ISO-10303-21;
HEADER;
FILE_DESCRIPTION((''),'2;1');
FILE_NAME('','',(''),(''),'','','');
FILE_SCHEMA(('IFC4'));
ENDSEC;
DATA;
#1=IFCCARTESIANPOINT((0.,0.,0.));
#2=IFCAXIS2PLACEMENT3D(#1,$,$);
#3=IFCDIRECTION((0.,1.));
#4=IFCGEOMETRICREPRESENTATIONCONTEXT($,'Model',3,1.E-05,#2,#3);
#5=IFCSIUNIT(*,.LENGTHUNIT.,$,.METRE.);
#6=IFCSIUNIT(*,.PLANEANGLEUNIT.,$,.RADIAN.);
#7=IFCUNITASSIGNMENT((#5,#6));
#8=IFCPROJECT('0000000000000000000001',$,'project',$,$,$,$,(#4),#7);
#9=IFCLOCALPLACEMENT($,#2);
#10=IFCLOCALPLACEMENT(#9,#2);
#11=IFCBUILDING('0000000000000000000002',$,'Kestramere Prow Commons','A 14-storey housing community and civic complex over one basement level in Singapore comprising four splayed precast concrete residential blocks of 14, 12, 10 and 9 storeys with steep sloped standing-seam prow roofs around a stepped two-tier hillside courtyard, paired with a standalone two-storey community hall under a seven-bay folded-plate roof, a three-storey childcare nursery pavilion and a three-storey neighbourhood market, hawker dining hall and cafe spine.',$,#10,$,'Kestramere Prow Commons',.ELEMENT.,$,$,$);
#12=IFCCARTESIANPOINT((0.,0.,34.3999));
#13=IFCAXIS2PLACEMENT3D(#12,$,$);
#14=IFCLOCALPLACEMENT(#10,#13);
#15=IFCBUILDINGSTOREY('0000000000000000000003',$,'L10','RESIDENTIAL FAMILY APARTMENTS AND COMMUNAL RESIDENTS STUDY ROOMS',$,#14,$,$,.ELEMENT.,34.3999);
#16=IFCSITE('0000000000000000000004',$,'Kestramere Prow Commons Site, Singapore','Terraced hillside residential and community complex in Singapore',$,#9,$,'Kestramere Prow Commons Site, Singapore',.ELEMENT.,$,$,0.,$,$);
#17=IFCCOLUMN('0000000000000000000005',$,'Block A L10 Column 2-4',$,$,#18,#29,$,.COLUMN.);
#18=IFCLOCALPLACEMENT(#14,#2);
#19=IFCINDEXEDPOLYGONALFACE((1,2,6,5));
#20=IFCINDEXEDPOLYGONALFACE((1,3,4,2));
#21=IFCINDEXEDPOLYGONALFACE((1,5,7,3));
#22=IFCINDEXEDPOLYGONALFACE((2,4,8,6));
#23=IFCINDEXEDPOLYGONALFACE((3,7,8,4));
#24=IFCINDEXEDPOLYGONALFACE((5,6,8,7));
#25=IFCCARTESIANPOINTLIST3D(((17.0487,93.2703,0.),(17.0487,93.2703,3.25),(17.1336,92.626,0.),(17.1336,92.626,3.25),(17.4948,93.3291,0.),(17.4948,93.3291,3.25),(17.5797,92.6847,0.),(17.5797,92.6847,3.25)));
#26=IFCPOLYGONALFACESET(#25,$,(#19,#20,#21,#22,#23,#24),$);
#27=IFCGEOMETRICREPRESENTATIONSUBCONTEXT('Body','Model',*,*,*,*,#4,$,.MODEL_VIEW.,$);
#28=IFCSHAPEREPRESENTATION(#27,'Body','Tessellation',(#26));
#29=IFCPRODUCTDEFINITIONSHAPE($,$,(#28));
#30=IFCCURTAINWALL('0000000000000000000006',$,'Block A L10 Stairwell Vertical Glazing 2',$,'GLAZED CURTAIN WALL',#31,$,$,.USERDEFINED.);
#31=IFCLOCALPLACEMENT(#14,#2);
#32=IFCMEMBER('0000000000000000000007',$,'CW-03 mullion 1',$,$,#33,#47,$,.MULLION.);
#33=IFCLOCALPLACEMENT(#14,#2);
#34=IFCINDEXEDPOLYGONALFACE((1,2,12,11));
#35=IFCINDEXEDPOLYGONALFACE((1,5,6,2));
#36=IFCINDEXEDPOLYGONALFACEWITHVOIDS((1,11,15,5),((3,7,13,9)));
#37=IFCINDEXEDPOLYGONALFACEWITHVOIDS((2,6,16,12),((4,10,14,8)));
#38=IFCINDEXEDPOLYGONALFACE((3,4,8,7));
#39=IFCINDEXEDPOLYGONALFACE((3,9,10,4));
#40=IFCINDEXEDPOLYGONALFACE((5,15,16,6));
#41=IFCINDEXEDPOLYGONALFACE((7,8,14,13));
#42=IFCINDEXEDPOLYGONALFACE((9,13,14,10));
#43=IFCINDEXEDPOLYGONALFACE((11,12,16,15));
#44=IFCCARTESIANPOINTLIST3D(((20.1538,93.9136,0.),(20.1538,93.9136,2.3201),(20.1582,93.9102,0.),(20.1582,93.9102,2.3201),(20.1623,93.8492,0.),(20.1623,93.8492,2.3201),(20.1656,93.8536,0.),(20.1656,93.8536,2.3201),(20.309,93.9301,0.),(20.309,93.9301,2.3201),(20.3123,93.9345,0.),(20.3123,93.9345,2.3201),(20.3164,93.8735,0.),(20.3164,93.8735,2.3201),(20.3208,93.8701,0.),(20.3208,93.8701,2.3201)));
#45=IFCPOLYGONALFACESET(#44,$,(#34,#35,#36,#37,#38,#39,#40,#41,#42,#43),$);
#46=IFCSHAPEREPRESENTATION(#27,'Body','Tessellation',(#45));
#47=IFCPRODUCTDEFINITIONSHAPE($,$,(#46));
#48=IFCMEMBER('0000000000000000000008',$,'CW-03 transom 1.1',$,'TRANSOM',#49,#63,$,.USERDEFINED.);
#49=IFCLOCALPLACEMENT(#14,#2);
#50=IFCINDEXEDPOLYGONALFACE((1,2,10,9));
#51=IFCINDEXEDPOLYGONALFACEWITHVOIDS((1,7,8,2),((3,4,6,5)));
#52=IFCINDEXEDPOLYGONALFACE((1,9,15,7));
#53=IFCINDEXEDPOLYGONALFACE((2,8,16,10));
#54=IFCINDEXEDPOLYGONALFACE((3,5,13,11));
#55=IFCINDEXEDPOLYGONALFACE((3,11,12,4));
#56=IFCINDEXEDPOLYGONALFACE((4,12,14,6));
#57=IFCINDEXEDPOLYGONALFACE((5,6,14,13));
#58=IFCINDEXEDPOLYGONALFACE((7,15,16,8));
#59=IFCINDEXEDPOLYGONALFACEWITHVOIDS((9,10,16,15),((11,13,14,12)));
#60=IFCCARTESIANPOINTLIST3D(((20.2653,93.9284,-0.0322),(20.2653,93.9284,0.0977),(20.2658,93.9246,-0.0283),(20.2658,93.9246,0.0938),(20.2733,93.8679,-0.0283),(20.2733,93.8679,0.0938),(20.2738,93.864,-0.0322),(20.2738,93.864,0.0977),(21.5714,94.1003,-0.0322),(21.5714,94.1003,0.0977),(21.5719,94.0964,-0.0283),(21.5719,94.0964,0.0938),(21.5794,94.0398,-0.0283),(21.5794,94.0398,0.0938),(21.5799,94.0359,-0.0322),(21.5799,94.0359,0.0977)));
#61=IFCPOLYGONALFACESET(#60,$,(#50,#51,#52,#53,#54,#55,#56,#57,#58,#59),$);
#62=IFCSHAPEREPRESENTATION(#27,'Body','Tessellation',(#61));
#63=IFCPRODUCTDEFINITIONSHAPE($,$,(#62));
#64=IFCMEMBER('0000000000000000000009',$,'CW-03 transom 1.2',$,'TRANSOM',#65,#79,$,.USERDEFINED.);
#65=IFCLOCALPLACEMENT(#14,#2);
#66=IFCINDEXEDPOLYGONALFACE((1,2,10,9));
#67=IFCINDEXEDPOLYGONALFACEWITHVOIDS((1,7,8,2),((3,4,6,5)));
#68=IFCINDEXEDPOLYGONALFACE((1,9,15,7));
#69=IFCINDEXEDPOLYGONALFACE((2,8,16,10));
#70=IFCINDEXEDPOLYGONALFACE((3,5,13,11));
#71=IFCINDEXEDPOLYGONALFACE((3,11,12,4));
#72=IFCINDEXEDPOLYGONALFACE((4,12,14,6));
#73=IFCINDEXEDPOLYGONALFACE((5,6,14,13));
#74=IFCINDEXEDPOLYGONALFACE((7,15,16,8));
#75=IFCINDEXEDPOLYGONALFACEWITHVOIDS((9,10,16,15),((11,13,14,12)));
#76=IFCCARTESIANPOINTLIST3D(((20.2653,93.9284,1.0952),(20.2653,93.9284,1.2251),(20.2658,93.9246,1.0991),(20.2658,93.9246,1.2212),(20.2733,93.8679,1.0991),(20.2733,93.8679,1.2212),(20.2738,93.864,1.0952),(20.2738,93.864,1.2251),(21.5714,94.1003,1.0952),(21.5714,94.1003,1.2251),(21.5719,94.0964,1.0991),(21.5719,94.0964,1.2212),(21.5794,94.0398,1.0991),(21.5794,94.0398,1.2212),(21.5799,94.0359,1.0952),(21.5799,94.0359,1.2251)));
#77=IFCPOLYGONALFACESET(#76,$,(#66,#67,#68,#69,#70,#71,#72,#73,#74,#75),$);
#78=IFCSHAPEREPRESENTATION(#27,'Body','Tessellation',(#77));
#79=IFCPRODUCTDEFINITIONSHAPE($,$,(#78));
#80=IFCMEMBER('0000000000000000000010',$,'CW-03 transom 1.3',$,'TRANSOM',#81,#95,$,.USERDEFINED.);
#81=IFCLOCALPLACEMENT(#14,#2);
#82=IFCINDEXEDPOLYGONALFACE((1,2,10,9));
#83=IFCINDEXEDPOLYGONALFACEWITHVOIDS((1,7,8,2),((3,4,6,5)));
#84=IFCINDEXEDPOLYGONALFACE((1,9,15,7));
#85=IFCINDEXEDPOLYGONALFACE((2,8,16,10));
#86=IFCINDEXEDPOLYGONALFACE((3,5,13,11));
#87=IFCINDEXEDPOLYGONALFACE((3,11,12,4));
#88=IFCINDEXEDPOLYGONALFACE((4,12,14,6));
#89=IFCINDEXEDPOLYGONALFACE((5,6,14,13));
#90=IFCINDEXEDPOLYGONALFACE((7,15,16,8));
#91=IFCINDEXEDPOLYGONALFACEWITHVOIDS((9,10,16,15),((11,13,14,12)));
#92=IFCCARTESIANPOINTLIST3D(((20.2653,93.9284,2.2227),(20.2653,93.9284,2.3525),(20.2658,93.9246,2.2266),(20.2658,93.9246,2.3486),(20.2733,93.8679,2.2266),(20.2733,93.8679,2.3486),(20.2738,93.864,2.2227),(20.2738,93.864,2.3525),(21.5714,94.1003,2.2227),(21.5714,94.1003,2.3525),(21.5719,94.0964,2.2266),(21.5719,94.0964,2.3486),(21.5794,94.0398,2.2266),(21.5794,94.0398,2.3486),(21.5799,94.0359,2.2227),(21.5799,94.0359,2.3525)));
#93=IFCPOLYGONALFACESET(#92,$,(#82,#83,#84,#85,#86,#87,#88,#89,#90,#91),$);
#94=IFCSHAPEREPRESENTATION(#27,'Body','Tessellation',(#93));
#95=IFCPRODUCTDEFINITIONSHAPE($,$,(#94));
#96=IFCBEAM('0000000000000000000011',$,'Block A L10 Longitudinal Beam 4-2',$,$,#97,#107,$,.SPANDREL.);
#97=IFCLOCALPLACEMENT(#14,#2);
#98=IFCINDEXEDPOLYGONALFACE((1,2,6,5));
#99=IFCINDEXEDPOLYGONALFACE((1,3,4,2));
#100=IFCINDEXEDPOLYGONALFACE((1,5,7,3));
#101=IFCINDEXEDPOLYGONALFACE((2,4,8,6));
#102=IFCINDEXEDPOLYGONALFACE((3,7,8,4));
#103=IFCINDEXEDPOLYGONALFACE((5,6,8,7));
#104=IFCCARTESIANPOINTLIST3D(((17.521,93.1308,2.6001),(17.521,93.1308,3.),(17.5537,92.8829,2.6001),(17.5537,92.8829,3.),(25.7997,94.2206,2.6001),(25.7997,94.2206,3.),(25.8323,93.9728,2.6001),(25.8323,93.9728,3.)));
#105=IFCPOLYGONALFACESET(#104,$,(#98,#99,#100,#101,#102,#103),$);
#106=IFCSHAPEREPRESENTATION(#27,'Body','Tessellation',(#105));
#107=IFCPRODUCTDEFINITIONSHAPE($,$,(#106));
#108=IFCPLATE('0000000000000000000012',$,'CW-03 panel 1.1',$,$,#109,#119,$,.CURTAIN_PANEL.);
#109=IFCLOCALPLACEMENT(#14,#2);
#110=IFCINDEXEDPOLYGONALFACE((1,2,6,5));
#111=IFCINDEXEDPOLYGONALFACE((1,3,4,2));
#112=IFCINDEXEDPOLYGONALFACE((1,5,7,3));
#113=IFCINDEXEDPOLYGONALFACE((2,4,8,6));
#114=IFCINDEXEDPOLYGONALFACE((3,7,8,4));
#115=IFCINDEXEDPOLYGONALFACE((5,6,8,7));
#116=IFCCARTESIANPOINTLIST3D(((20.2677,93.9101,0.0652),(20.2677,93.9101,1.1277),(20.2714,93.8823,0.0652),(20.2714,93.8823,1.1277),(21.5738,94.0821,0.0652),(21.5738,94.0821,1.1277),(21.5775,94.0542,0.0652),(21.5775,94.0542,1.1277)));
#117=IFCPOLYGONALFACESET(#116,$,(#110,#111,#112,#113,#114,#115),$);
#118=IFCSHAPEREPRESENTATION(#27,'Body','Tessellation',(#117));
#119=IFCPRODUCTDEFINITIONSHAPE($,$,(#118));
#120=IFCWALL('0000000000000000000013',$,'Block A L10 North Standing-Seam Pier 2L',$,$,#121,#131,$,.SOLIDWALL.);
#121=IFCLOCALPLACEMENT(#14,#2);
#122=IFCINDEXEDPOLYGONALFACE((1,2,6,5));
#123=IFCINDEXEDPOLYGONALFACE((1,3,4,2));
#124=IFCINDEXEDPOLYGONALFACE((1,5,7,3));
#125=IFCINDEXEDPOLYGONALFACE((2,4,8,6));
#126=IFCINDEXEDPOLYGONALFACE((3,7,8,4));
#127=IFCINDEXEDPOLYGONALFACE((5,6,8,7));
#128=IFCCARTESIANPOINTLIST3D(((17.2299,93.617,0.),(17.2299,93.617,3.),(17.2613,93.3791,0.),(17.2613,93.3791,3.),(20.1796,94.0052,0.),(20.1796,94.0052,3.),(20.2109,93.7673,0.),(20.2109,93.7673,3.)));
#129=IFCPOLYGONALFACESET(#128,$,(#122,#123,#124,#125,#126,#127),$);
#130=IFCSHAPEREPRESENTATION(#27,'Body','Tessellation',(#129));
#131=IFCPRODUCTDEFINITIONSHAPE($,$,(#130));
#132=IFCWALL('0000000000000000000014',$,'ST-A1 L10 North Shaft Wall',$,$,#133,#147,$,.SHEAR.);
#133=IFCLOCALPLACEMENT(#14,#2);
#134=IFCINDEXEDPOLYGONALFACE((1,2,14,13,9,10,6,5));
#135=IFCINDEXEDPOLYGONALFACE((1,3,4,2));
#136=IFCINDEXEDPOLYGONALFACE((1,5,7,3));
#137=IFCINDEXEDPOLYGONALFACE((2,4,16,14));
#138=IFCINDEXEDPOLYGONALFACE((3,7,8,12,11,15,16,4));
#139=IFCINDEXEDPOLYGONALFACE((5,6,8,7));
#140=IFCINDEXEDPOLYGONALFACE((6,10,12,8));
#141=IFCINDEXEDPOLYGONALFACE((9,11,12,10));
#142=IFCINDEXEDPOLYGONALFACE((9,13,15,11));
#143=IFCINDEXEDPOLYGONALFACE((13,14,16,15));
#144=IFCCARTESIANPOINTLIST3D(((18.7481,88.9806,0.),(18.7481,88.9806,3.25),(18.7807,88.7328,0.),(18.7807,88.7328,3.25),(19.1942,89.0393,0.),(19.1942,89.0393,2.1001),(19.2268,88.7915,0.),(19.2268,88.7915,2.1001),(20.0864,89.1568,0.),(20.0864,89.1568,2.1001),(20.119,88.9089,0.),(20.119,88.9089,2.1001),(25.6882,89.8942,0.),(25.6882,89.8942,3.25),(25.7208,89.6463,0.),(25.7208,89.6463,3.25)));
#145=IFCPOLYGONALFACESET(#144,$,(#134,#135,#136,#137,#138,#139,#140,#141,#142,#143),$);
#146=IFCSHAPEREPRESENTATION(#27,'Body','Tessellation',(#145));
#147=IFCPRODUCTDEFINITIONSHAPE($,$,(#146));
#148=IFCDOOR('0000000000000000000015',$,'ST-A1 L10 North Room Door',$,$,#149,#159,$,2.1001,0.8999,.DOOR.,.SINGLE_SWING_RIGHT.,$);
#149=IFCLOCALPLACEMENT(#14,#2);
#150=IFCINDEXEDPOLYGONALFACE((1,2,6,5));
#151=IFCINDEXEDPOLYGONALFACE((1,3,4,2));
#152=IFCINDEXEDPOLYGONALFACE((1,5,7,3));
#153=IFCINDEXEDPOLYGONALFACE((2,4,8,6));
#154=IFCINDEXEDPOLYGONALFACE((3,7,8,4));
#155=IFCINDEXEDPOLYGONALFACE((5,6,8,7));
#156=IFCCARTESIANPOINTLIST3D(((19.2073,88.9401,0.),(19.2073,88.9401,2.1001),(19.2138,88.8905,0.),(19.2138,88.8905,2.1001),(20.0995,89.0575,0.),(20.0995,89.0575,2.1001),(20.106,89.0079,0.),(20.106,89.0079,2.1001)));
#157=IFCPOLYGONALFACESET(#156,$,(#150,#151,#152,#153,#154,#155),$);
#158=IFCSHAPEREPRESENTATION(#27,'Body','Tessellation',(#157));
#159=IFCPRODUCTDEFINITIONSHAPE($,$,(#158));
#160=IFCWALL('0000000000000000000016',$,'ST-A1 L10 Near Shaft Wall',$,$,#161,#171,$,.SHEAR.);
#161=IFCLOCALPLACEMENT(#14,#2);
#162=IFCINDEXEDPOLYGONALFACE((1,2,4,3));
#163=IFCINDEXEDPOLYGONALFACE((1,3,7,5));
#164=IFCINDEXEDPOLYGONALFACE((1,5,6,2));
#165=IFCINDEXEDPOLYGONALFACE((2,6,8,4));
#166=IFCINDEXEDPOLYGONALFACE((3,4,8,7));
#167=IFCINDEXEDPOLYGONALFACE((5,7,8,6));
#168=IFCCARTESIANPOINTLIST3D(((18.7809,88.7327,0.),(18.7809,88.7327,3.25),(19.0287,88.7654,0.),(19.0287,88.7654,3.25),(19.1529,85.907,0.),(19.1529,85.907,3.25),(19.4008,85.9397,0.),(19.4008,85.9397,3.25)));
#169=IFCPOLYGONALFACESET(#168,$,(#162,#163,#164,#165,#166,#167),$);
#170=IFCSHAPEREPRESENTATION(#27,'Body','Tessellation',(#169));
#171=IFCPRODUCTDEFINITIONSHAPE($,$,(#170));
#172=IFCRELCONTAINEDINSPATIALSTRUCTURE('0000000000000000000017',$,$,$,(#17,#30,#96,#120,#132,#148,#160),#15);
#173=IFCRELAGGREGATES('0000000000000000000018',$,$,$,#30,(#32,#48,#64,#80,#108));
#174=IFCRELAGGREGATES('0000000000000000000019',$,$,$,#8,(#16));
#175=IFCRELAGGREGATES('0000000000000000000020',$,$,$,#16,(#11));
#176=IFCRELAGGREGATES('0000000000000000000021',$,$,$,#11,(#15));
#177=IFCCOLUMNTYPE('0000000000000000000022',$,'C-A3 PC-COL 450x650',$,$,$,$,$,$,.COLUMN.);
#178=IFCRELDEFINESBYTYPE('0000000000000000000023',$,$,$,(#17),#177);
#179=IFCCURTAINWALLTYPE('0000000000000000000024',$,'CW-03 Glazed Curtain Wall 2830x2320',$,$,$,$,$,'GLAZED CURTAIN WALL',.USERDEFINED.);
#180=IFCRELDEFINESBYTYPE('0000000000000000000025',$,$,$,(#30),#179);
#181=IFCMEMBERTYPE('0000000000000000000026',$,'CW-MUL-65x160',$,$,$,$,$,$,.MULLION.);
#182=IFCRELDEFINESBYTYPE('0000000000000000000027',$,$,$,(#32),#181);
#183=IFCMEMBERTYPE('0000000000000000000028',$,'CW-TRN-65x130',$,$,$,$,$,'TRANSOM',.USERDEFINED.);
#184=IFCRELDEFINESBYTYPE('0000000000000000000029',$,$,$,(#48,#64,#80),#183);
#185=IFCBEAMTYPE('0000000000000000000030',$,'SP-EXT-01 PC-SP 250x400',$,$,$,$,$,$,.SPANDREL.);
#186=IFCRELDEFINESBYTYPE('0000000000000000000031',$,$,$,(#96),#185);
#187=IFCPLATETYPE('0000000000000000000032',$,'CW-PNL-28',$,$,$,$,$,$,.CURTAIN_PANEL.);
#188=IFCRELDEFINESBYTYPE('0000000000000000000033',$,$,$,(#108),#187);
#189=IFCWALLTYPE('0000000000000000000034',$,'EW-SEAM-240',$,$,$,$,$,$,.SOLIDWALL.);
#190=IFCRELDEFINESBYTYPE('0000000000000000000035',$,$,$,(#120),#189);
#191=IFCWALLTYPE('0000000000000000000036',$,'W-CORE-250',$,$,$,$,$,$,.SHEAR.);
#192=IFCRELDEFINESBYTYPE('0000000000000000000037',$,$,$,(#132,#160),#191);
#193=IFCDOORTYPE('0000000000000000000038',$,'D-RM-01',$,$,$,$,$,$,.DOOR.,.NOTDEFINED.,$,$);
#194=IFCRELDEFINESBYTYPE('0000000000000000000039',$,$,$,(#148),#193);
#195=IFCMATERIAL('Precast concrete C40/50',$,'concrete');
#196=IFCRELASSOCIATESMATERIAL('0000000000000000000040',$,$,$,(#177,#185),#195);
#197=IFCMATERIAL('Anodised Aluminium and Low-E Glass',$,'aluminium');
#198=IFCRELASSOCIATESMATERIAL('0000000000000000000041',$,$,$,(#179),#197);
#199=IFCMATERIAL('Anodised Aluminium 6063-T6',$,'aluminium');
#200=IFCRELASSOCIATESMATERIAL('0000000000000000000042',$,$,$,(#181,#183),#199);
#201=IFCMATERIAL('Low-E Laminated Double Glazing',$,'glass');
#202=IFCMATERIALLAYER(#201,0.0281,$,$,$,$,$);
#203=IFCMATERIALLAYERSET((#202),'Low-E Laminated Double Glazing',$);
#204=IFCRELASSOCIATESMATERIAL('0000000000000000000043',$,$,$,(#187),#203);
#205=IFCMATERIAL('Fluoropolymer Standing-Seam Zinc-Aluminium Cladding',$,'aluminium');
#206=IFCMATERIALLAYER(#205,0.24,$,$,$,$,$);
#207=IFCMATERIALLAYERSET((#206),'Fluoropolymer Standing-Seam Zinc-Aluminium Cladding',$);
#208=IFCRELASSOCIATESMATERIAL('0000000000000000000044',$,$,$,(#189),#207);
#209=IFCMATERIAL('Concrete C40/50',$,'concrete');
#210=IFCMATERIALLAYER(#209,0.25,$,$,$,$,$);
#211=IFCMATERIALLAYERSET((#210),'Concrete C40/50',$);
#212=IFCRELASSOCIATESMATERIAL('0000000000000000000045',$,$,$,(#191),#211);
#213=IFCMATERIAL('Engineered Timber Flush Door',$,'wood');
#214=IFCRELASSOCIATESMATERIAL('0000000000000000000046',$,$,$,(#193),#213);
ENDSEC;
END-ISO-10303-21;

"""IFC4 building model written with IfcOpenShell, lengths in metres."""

from ifc_helpers import new_model, si_unit, direction, frame, frame_2d, origin, origin_2d, place, context, subcontext, project, spatial, rectangle, hollow_rectangle, extrude, material, layer, layer_set, material_profile, profile_set, type_object, element, fill, aggregate, save


model = new_model("IFC4")

# Units and contexts
model_context = context("Model", 3, precision=1e-05, world=origin(), true_north=direction((0.0, 1.0)))
body_context = subcontext(model_context, "Body", "Model", "MODEL_VIEW")
ifc_project = project(units=[si_unit("LENGTHUNIT", "METRE"), si_unit("PLANEANGLEUNIT", "RADIAN")], contexts=[model_context])

# Site, building, storey
site_placement = place(None, origin())
site = spatial("IfcSite", under=ifc_project, at=site_placement, Name="Kestramere Prow Commons Site, Singapore", Description="Terraced hillside residential and community complex in Singapore", LongName="Kestramere Prow Commons Site, Singapore", CompositionType="ELEMENT", RefElevation=0.0)
building_placement = place(site_placement, origin())
building = spatial("IfcBuilding", under=site, at=building_placement, Name="Kestramere Prow Commons", Description="A 14-storey housing community and civic complex over one basement level in Singapore comprising four splayed precast concrete residential blocks of 14, 12, 10 and 9 storeys with steep sloped standing-seam prow roofs around a stepped two-tier hillside courtyard, paired with a standalone two-storey community hall under a seven-bay folded-plate roof, a three-storey childcare nursery pavilion and a three-storey neighbourhood market, hawker dining hall and cafe spine.", LongName="Kestramere Prow Commons", CompositionType="ELEMENT")
storey_placement = place(building_placement, frame((0.0, 0.0, 34.3999)))
storey = spatial("IfcBuildingStorey", under=building, at=storey_placement, Name="L10", Description="RESIDENTIAL FAMILY APARTMENTS AND COMMUNAL RESIDENTS STUDY ROOMS", CompositionType="ELEMENT", Elevation=34.3999)

# Column
ifc_material_1 = material(Name="Precast concrete C40/50", Category="concrete")
ifc_material_profile_1 = material_profile(ifc_material_1, rectangle(XDim=0.45, YDim=0.6499, at=origin_2d()), Name="PC-COL 450x650")
ifc_profile_set_1 = profile_set([ifc_material_profile_1], Name="Precast concrete C40/50")
column_type = type_object("IfcColumnType", Name="C-A3 PC-COL 450x650", PredefinedType="COLUMN", material=ifc_profile_set_1)
column_placement = place(storey_placement, frame((17.3142, 92.9775, 0.0), z_axis=(0.0, 0.0, 1.0), x_axis=(0.991445, 0.130526, 0.0)))
element("IfcColumn", 1, at=column_placement, inside=storey, type_object=column_type, Name="Block A L10 Column 2-4", PredefinedType="COLUMN", context=body_context, shape_type="SweptSolid", body=[
    extrude(rectangle(XDim=0.45, YDim=0.6499, at=origin_2d()), origin(), (0.0, 0.0, 1.0), 3.25),
])

# Curtain wall, members
ifc_material_2 = material(Name="Anodised Aluminium and Low-E Glass", Category="aluminium")
curtain_wall_type = type_object("IfcCurtainWallType", Name="CW-03 Glazed Curtain Wall 2830x2320", ElementType="GLAZED CURTAIN WALL", PredefinedType="USERDEFINED", material=ifc_material_2)
curtain_wall_placement = place(storey_placement, origin())
curtain_wall = element("IfcCurtainWall", 2, at=curtain_wall_placement, inside=storey, type_object=curtain_wall_type, Name="Block A L10 Stairwell Vertical Glazing 2", ObjectType="GLAZED CURTAIN WALL", PredefinedType="USERDEFINED")
ifc_material_3 = material(Name="Anodised Aluminium 6063-T6", Category="aluminium")
ifc_material_profile_2 = material_profile(ifc_material_3, hollow_rectangle(XDim=0.0649, YDim=0.1599, WallThickness=0.0039, at=origin_2d()), Name="ALU-MUL 65x160")
ifc_profile_set_2 = profile_set([ifc_material_profile_2], Name="Anodised Aluminium 6063-T6")
member_type_1 = type_object("IfcMemberType", Name="CW-MUL-65x160", PredefinedType="MULLION", material=ifc_profile_set_2)
member_1_placement = place(storey_placement, frame((20.2373, 93.8918, 0.0), z_axis=(0.0, 0.0, 1.0), x_axis=(-0.130526, 0.991445, 0.0)))
member_1 = element("IfcMember", 3, at=member_1_placement, type_object=member_type_1, Name="CW-03 mullion 1", PredefinedType="MULLION", context=body_context, shape_type="SweptSolid", body=[
    extrude(hollow_rectangle(XDim=0.0649, YDim=0.1599, WallThickness=0.0039, at=origin_2d()), origin(), (0.0, 0.0, 1.0), 2.3201),
])
ifc_material_profile_3 = material_profile(ifc_material_3, hollow_rectangle(XDim=0.0649, YDim=0.1299, WallThickness=0.0039, at=origin_2d()), Name="ALU-TRN 65x130")
ifc_profile_set_3 = profile_set([ifc_material_profile_3], Name="Anodised Aluminium 6063-T6")
member_type_2 = type_object("IfcMemberType", Name="CW-TRN-65x130", ElementType="TRANSOM", PredefinedType="USERDEFINED", material=ifc_profile_set_3)
member_2_placement = place(storey_placement, frame((20.2695, 93.8962, 0.0327), z_axis=(0.991453, 0.130464, 0.0), x_axis=(-0.130464, 0.991453, 0.0)))
member_2 = element("IfcMember", 4, at=member_2_placement, type_object=member_type_2, Name="CW-03 transom 1.1", ObjectType="TRANSOM", PredefinedType="USERDEFINED", context=body_context, shape_type="SweptSolid", body=[
    extrude(hollow_rectangle(XDim=0.0649, YDim=0.1299, WallThickness=0.0039, at=origin_2d()), origin(), (0.0, 0.0, 1.0), 1.3174),
])
member_3_placement = place(storey_placement, frame((20.2695, 93.8962, 1.1602), z_axis=(0.991453, 0.130464, 0.0), x_axis=(-0.130464, 0.991453, 0.0)))
member_3 = element("IfcMember", 5, at=member_3_placement, type_object=member_type_2, Name="CW-03 transom 1.2", ObjectType="TRANSOM", PredefinedType="USERDEFINED", context=body_context, shape_type="SweptSolid", body=[
    extrude(hollow_rectangle(XDim=0.0649, YDim=0.1299, WallThickness=0.0039, at=origin_2d()), origin(), (0.0, 0.0, 1.0), 1.3174),
])
member_4_placement = place(storey_placement, frame((20.2695, 93.8962, 2.2876), z_axis=(0.991453, 0.130464, 0.0), x_axis=(-0.130464, 0.991453, 0.0)))
member_4 = element("IfcMember", 6, at=member_4_placement, type_object=member_type_2, Name="CW-03 transom 1.3", ObjectType="TRANSOM", PredefinedType="USERDEFINED", context=body_context, shape_type="SweptSolid", body=[
    extrude(hollow_rectangle(XDim=0.0649, YDim=0.1299, WallThickness=0.0039, at=origin_2d()), origin(), (0.0, 0.0, 1.0), 1.3174),
])

# Beam
ifc_material_profile_4 = material_profile(ifc_material_1, rectangle(XDim=0.25, YDim=0.3999, at=origin_2d()), Name="PC-SP 250x400")
ifc_profile_set_4 = profile_set([ifc_material_profile_4], Name="Precast concrete C40/50")
beam_type = type_object("IfcBeamType", Name="SP-EXT-01 PC-SP 250x400", PredefinedType="SPANDREL", material=ifc_profile_set_4)
beam_placement = place(storey_placement, frame((17.5374, 93.0068, 2.8), z_axis=(0.991446, 0.13052, 0.0), x_axis=(-0.13052, 0.991446, 0.0)))
element("IfcBeam", 7, at=beam_placement, inside=storey, type_object=beam_type, Name="Block A L10 Longitudinal Beam 4-2", PredefinedType="SPANDREL", context=body_context, shape_type="SweptSolid", body=[
    extrude(rectangle(XDim=0.25, YDim=0.3999, at=origin_2d()), origin(), (0.0, 0.0, 1.0), 8.3501),
])

# Plate
ifc_material_4 = material(Name="Low-E Laminated Double Glazing", Category="glass")
ifc_layer_1 = layer(ifc_material_4, 0.0281)
ifc_layer_set_1 = layer_set([ifc_layer_1], Name="Low-E Laminated Double Glazing")
plate_type = type_object("IfcPlateType", Name="CW-PNL-28", PredefinedType="CURTAIN_PANEL", material=ifc_layer_set_1)
plate_placement = place(storey_placement, frame((20.9226, 93.9822, 0.0652), z_axis=(0.0, 0.0, 1.0), x_axis=(0.991445, 0.130526, 0.0)))
plate = element("IfcPlate", 8, at=plate_placement, type_object=plate_type, Name="CW-03 panel 1.1", PredefinedType="CURTAIN_PANEL", context=body_context, shape_type="SweptSolid", body=[
    extrude(rectangle(XDim=1.3174, YDim=0.0281, at=origin_2d()), origin(), (0.0, 0.0, 1.0), 1.0625),
])
aggregate(curtain_wall, [member_1, member_2, member_3, member_4, plate])

# Wall
ifc_material_5 = material(Name="Fluoropolymer Standing-Seam Zinc-Aluminium Cladding", Category="aluminium")
ifc_layer_2 = layer(ifc_material_5, 0.24)
ifc_layer_set_2 = layer_set([ifc_layer_2], Name="Fluoropolymer Standing-Seam Zinc-Aluminium Cladding")
wall_type_1 = type_object("IfcWallType", Name="EW-SEAM-240", PredefinedType="SOLIDWALL", material=ifc_layer_set_2)
wall_1_placement = place(storey_placement, frame((17.2456, 93.498, 0.0), z_axis=(0.0, 0.0, 1.0), x_axis=(0.991452, 0.130476, 0.0)))
element("IfcWall", 9, at=wall_1_placement, inside=storey, type_object=wall_type_1, Name="Block A L10 North Standing-Seam Pier 2L", PredefinedType="SOLIDWALL", context=body_context, shape_type="SweptSolid", body=[
    extrude(rectangle(XDim=2.9751, YDim=0.24, at=frame_2d((1.4875, 0.0))), origin(), (0.0, 0.0, 1.0), 3.0),
])

# Wall, opening, door
ifc_material_6 = material(Name="Concrete C40/50", Category="concrete")
ifc_layer_3 = layer(ifc_material_6, 0.25)
ifc_layer_set_3 = layer_set([ifc_layer_3], Name="Concrete C40/50")
wall_type_2 = type_object("IfcWallType", Name="W-CORE-250", PredefinedType="SHEAR", material=ifc_layer_set_3)
wall_2_placement = place(storey_placement, frame((18.7644, 88.8567, 0.0), z_axis=(0.0, 0.0, 1.0), x_axis=(0.991447, 0.13051, 0.0)))
wall_2 = element("IfcWall", 10, at=wall_2_placement, inside=storey, type_object=wall_type_2, Name="ST-A1 L10 North Shaft Wall", PredefinedType="SHEAR", context=body_context, shape_type="SweptSolid", body=[
    extrude(rectangle(XDim=7.0, YDim=0.25, at=frame_2d((3.5, 0.0))), origin(), (0.0, 0.0, 1.0), 3.25),
])
opening_1_placement = place(wall_2_placement, frame((0.45, 0.0, 0.0)))
opening_1 = element("IfcOpeningElement", 11, at=opening_1_placement, cuts=wall_2, PredefinedType="OPENING", context=body_context, shape_type="SweptSolid", body=[
    extrude(rectangle(XDim=0.8999, YDim=2.1001, at=frame_2d((0.45, 1.05))), frame((0.0, 0.1399, 0.0), z_axis=(0.0, -1.0, 0.0), x_axis=(1.0, 0.0, 0.0)), (0.0, 0.0, 1.0), 0.28),
])
ifc_material_7 = material(Name="Engineered Timber Flush Door", Category="wood")
door_type_1 = type_object("IfcDoorType", Name="D-RM-01", OperationType="NOTDEFINED", PredefinedType="DOOR", material=ifc_material_7)
door_1_placement = place(opening_1_placement, origin())
door_1 = element("IfcDoor", 12, at=door_1_placement, inside=storey, type_object=door_type_1, Name="ST-A1 L10 North Room Door", OperationType="SINGLE_SWING_RIGHT", OverallHeight=2.1001, OverallWidth=0.8999, PredefinedType="DOOR", context=body_context, shape_type="SweptSolid", body=[
    extrude(rectangle(XDim=0.8999, YDim=2.1001, at=frame_2d((0.45, 1.05))), frame((0.0, 0.0249, 0.0), z_axis=(0.0, -1.0, 0.0), x_axis=(1.0, 0.0, 0.0)), (0.0, 0.0, 1.0), 0.05),
])
fill(opening_1, door_1)

# Wall
wall_3_placement = place(storey_placement, frame((19.2769, 85.9233, 0.0), z_axis=(0.0, 0.0, 1.0), x_axis=(-0.130548, 0.991442, 0.0)))
element("IfcWall", 13, at=wall_3_placement, inside=storey, type_object=wall_type_2, Name="ST-A1 L10 Near Shaft Wall", PredefinedType="SHEAR", context=body_context, shape_type="SweptSolid", body=[
    extrude(rectangle(XDim=2.8501, YDim=0.25, at=frame_2d((1.425, 0.0))), origin(), (0.0, 0.0, 1.0), 3.25),
])

save(model, "model.ifc")
